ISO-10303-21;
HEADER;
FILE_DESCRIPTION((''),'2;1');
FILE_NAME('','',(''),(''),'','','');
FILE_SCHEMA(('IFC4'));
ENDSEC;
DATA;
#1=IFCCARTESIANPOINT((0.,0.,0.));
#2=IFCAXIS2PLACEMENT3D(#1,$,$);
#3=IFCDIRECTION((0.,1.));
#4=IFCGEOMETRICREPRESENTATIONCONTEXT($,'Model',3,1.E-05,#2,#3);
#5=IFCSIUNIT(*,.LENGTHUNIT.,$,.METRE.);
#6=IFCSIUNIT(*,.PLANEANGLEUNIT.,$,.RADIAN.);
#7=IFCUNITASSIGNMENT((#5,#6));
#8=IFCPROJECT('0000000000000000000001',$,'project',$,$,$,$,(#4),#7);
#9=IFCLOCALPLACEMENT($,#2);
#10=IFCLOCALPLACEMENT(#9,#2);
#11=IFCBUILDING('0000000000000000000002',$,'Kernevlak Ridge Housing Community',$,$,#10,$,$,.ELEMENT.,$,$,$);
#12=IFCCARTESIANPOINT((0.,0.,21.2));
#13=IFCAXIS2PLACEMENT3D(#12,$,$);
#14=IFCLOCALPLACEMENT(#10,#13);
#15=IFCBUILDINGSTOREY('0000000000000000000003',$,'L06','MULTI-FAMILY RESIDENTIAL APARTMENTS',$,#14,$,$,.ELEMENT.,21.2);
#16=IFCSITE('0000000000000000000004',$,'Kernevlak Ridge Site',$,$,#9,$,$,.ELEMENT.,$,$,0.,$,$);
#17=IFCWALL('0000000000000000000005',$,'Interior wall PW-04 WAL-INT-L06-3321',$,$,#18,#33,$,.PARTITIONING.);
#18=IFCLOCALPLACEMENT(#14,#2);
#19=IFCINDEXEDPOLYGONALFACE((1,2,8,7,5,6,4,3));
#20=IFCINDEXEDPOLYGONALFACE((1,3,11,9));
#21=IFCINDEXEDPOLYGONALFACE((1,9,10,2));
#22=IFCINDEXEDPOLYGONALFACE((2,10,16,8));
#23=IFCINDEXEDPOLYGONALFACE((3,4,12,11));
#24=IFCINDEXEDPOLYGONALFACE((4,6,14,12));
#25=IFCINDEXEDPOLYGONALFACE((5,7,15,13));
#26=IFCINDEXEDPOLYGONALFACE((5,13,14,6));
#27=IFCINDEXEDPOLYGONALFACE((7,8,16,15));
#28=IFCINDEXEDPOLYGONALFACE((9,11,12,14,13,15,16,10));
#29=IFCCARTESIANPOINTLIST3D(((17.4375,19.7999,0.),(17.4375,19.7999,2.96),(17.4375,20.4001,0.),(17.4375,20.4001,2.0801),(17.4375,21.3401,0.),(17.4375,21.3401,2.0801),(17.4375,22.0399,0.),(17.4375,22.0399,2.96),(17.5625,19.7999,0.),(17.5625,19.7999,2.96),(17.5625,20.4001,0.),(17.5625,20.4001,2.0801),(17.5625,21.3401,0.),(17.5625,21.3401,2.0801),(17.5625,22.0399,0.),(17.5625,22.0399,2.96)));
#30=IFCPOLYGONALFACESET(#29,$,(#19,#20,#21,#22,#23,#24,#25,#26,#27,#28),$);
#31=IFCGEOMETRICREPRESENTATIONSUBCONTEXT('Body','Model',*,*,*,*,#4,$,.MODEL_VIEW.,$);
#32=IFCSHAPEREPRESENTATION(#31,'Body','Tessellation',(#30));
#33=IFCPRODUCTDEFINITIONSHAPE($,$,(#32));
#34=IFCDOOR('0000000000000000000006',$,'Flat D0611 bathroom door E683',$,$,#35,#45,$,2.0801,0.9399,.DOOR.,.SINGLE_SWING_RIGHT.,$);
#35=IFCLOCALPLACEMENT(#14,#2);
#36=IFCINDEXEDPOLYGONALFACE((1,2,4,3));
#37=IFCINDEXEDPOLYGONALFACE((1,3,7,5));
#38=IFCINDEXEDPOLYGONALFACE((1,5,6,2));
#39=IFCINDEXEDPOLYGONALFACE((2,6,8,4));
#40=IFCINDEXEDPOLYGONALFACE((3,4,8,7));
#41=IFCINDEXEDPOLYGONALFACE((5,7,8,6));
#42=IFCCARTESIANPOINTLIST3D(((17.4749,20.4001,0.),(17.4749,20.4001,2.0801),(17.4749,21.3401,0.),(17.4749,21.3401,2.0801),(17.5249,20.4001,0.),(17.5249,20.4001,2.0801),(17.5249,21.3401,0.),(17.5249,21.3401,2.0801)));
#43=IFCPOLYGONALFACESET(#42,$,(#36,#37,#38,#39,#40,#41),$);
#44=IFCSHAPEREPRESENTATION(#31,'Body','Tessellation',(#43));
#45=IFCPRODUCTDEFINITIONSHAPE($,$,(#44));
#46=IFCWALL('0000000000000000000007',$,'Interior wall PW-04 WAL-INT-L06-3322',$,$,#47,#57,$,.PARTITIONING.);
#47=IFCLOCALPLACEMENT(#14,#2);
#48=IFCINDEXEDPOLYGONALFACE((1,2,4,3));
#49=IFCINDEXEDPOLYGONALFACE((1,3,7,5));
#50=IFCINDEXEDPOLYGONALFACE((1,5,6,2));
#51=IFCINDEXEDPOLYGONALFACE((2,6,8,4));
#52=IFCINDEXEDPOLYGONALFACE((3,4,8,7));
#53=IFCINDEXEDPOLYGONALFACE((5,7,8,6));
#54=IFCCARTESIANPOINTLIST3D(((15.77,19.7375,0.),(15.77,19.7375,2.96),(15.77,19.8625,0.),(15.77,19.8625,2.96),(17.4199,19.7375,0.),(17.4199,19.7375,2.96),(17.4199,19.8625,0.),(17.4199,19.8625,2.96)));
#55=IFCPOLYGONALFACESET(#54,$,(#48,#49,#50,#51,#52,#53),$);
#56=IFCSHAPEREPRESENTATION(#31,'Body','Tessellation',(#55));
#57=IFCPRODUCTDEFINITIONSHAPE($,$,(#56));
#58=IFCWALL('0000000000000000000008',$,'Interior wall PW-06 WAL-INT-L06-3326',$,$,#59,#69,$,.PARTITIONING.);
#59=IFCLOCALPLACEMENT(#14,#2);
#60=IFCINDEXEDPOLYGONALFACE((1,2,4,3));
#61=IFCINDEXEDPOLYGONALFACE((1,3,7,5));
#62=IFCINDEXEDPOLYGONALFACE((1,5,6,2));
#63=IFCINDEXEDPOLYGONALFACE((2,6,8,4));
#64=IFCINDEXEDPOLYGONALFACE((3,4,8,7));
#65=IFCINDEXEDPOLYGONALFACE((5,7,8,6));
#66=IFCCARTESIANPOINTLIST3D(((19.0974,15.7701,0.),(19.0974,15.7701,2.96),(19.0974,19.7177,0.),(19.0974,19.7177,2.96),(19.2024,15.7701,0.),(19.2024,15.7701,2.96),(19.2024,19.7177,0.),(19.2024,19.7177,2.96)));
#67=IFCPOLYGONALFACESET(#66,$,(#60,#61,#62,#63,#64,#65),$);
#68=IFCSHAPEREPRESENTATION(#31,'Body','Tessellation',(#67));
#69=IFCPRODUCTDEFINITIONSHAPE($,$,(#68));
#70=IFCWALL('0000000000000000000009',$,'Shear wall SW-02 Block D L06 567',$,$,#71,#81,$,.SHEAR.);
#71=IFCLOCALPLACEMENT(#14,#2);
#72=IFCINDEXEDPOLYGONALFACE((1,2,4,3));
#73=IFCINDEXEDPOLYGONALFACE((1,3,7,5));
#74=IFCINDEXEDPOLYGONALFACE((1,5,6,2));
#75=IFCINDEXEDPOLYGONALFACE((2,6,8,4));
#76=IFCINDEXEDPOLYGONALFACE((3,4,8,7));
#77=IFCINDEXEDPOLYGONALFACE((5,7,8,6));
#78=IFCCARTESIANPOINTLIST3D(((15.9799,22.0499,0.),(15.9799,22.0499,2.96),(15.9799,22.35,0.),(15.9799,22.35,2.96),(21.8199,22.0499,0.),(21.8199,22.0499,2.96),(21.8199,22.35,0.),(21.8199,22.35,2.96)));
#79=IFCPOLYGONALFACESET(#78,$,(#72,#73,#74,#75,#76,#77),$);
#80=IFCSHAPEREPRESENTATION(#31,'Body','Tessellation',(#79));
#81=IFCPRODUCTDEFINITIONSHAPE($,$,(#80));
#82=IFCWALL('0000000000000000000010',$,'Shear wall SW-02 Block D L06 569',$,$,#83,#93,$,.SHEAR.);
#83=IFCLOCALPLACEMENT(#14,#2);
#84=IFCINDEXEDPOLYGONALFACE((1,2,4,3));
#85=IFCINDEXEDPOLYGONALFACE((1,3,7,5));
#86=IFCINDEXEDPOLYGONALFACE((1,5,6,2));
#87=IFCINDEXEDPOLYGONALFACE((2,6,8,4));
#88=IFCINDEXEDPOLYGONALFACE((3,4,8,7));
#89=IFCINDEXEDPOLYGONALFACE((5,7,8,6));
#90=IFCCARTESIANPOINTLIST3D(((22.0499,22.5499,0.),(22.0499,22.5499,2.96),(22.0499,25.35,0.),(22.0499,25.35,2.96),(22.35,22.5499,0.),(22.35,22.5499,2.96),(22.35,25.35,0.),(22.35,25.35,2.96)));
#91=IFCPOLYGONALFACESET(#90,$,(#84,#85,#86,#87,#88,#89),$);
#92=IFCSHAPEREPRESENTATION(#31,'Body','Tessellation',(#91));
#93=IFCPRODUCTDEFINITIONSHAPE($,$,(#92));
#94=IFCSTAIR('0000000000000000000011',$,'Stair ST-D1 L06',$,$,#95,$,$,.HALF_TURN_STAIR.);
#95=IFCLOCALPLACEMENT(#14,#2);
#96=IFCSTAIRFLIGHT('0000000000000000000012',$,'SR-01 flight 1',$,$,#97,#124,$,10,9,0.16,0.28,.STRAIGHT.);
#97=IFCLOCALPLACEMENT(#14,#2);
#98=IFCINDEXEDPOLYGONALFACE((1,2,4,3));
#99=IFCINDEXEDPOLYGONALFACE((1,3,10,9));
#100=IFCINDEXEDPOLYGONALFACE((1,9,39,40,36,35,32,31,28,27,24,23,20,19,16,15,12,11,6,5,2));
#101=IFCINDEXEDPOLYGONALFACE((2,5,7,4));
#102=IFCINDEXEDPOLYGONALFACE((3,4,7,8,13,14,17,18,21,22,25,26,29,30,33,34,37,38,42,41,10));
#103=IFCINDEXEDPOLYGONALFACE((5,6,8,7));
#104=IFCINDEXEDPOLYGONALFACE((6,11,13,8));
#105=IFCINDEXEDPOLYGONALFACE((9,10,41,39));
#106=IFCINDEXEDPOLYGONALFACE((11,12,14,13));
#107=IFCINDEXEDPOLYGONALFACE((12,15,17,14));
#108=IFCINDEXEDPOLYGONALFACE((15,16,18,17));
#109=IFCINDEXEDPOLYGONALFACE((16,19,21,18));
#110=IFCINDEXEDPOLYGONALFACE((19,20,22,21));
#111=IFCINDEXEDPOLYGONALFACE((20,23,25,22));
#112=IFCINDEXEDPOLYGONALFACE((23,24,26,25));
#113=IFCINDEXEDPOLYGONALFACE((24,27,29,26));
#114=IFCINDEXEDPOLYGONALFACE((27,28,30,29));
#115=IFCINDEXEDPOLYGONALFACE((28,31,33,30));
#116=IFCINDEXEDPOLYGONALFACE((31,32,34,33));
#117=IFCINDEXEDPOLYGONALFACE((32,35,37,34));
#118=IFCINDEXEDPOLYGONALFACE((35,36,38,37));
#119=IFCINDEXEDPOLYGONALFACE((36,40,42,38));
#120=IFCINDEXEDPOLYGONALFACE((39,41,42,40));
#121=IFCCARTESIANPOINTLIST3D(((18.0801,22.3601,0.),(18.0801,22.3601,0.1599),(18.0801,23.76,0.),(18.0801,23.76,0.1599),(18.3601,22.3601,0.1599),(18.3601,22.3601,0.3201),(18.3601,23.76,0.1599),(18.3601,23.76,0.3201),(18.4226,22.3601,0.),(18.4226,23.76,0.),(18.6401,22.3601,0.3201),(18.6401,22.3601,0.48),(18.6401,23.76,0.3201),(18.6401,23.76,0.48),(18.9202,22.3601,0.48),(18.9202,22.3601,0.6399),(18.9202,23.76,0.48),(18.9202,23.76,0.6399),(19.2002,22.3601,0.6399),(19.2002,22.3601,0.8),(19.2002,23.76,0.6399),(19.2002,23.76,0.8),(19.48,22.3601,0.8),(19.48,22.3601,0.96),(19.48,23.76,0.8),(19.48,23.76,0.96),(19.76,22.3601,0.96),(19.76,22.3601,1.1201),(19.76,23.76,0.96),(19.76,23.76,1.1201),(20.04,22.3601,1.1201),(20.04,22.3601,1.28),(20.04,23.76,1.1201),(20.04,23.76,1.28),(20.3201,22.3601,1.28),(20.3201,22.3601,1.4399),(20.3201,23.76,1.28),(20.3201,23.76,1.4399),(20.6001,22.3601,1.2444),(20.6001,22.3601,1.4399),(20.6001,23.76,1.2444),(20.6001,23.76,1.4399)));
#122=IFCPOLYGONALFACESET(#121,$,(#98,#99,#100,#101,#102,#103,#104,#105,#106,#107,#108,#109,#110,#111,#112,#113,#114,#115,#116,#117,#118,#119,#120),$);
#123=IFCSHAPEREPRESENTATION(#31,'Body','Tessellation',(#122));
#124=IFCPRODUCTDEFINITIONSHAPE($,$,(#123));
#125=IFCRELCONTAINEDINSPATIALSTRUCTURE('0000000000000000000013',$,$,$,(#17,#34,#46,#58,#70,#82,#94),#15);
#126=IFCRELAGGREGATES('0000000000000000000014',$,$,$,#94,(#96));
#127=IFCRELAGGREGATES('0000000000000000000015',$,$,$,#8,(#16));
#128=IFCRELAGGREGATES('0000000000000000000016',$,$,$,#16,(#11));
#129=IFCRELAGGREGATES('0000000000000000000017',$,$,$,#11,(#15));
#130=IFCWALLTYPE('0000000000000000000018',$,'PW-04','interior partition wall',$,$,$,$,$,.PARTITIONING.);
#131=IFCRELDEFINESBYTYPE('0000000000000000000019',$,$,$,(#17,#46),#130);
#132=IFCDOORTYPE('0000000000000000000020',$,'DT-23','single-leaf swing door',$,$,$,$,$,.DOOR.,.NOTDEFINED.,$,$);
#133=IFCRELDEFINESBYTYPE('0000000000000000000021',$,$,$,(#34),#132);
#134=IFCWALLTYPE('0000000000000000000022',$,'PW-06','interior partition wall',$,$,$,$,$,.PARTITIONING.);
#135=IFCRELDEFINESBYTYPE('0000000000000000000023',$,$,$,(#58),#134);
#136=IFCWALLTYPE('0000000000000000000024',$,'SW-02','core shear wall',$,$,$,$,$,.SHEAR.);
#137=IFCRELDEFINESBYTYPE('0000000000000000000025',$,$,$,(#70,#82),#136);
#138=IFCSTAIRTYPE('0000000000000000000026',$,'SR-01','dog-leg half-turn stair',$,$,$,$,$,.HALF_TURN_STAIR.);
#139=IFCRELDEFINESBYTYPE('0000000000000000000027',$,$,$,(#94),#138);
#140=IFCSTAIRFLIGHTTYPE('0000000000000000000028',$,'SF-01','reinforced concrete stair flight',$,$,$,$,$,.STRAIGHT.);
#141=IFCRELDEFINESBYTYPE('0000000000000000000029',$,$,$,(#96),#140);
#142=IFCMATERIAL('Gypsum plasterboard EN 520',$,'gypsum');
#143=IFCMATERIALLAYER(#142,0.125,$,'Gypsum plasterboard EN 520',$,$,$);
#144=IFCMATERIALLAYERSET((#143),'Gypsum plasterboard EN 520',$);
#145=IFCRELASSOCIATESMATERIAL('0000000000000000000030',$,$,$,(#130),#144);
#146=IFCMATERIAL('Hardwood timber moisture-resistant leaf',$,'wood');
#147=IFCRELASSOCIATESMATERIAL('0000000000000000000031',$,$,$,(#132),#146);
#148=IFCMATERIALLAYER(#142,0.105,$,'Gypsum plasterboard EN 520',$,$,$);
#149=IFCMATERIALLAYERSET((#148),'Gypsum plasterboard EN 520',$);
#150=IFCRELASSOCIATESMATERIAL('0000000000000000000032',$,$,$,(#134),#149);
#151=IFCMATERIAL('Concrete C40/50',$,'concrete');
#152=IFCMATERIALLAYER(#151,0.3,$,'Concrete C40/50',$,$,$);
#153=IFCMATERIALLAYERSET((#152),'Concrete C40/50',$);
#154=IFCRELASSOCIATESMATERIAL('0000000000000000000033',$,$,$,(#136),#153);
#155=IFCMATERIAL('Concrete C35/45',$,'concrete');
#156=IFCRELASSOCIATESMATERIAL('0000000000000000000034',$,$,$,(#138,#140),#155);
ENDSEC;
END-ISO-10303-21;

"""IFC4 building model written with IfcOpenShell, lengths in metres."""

from ifc_helpers import new_model, si_unit, direction, frame, frame_2d, origin, place, context, subcontext, project, spatial, polyline, rectangle, outline, extrude, material, layer, layer_set, type_object, element, fill, aggregate, save


model = new_model("IFC4")

# Units and contexts
model_context = context("Model", 3, precision=1e-05, world=origin(), true_north=direction((0.0, 1.0)))
body_context = subcontext(model_context, "Body", "Model", "MODEL_VIEW")
ifc_project = project(units=[si_unit("LENGTHUNIT", "METRE"), si_unit("PLANEANGLEUNIT", "RADIAN")], contexts=[model_context])

# Site, building, storey
site_placement = place(None, origin())
site = spatial("IfcSite", under=ifc_project, at=site_placement, Name="Kernevlak Ridge Site", CompositionType="ELEMENT", RefElevation=0.0)
building_placement = place(site_placement, origin())
building = spatial("IfcBuilding", under=site, at=building_placement, Name="Kernevlak Ridge Housing Community", CompositionType="ELEMENT")
storey_placement = place(building_placement, frame((0.0, 0.0, 21.2)))
storey = spatial("IfcBuildingStorey", under=building, at=storey_placement, Name="L06", Description="MULTI-FAMILY RESIDENTIAL APARTMENTS", CompositionType="ELEMENT", Elevation=21.2)

# Shared definitions
ifc_material_1 = material(Name="Concrete C35/45", Category="concrete")

# Wall, opening, door
ifc_material_2 = material(Name="Gypsum plasterboard EN 520", Category="gypsum")
ifc_layer_1 = layer(ifc_material_2, 0.125, Name="Gypsum plasterboard EN 520")
ifc_layer_set_1 = layer_set([ifc_layer_1], Name="Gypsum plasterboard EN 520")
wall_type_1 = type_object("IfcWallType", Name="PW-04", Description="interior partition wall", PredefinedType="PARTITIONING", material=ifc_layer_set_1)
wall_1_placement = place(storey_placement, frame((17.5, 22.04, 0.0), z_axis=(0.0, 0.0, 1.0), x_axis=(0.0, -1.0, 0.0)))
wall_1 = element("IfcWall", 1, at=wall_1_placement, inside=storey, type_object=wall_type_1, Name="Interior wall PW-04 WAL-INT-L06-3321", PredefinedType="PARTITIONING", context=body_context, shape_type="SweptSolid", body=[
    extrude(rectangle(XDim=2.24, YDim=0.125, at=frame_2d((1.1201, 0.0))), origin(), (0.0, 0.0, 1.0), 2.96),
])
opening_1_placement = place(wall_1_placement, frame((0.7, 0.0, 0.0)))
opening_1 = element("IfcOpeningElement", 2, at=opening_1_placement, cuts=wall_1, PredefinedType="OPENING", context=body_context, shape_type="SweptSolid", body=[
    extrude(rectangle(XDim=0.9399, YDim=2.0801, at=frame_2d((0.47, 1.04))), frame((0.0, 0.0725, 0.0), z_axis=(0.0, -1.0, 0.0), x_axis=(1.0, 0.0, 0.0)), (0.0, 0.0, 1.0), 0.145),
])
ifc_material_3 = material(Name="Hardwood timber moisture-resistant leaf", Category="wood")
door_type_1 = type_object("IfcDoorType", Name="DT-23", Description="single-leaf swing door", OperationType="NOTDEFINED", PredefinedType="DOOR", material=ifc_material_3)
door_1_placement = place(opening_1_placement, origin())
door_1 = element("IfcDoor", 3, at=door_1_placement, inside=storey, type_object=door_type_1, Name="Flat D0611 bathroom door E683", OperationType="SINGLE_SWING_RIGHT", OverallHeight=2.0801, OverallWidth=0.9399, PredefinedType="DOOR", context=body_context, shape_type="SweptSolid", body=[
    extrude(rectangle(XDim=0.9399, YDim=2.0801, at=frame_2d((0.47, 1.04))), frame((0.0, 0.0249, 0.0), z_axis=(0.0, -1.0, 0.0), x_axis=(1.0, 0.0, 0.0)), (0.0, 0.0, 1.0), 0.05),
])
fill(opening_1, door_1)

# Walls
wall_2_placement = place(storey_placement, frame((15.77, 19.8, 0.0), z_axis=(0.0, 0.0, 1.0), x_axis=(1.0, 0.0, 0.0)))
element("IfcWall", 4, at=wall_2_placement, inside=storey, type_object=wall_type_1, Name="Interior wall PW-04 WAL-INT-L06-3322", PredefinedType="PARTITIONING", context=body_context, shape_type="SweptSolid", body=[
    extrude(rectangle(XDim=1.6499, YDim=0.125, at=frame_2d((0.825, 0.0))), origin(), (0.0, 0.0, 1.0), 2.96),
])
ifc_layer_2 = layer(ifc_material_2, 0.105, Name="Gypsum plasterboard EN 520")
ifc_layer_set_2 = layer_set([ifc_layer_2], Name="Gypsum plasterboard EN 520")
wall_type_2 = type_object("IfcWallType", Name="PW-06", Description="interior partition wall", PredefinedType="PARTITIONING", material=ifc_layer_set_2)
wall_3_placement = place(storey_placement, frame((19.1499, 19.7175, 0.0), z_axis=(0.0, 0.0, 1.0), x_axis=(0.0, -1.0, 0.0)))
element("IfcWall", 5, at=wall_3_placement, inside=storey, type_object=wall_type_2, Name="Interior wall PW-06 WAL-INT-L06-3326", PredefinedType="PARTITIONING", context=body_context, shape_type="SweptSolid", body=[
    extrude(rectangle(XDim=3.9475, YDim=0.105, at=frame_2d((1.9736, 0.0))), origin(), (0.0, 0.0, 1.0), 2.96),
])
ifc_material_4 = material(Name="Concrete C40/50", Category="concrete")
ifc_layer_3 = layer(ifc_material_4, 0.3, Name="Concrete C40/50")
ifc_layer_set_3 = layer_set([ifc_layer_3], Name="Concrete C40/50")
wall_type_3 = type_object("IfcWallType", Name="SW-02", Description="core shear wall", PredefinedType="SHEAR", material=ifc_layer_set_3)
wall_4_placement = place(storey_placement, frame((15.98, 22.2, 0.0), z_axis=(0.0, 0.0, 1.0), x_axis=(1.0, 0.0, 0.0)))
element("IfcWall", 6, at=wall_4_placement, inside=storey, type_object=wall_type_3, Name="Shear wall SW-02 Block D L06 567", PredefinedType="SHEAR", context=body_context, shape_type="SweptSolid", body=[
    extrude(rectangle(XDim=5.8401, YDim=0.3, at=frame_2d((2.9199, 0.0))), origin(), (0.0, 0.0, 1.0), 2.96),
])
wall_5_placement = place(storey_placement, frame((22.2, 22.55, 0.0), z_axis=(0.0, 0.0, 1.0), x_axis=(0.0, 1.0, 0.0)))
element("IfcWall", 7, at=wall_5_placement, inside=storey, type_object=wall_type_3, Name="Shear wall SW-02 Block D L06 569", PredefinedType="SHEAR", context=body_context, shape_type="SweptSolid", body=[
    extrude(rectangle(XDim=2.8, YDim=0.3, at=frame_2d((1.3999, 0.0))), origin(), (0.0, 0.0, 1.0), 2.96),
])

# Stair, stair flight
stair_type = type_object("IfcStairType", Name="SR-01", Description="dog-leg half-turn stair", PredefinedType="HALF_TURN_STAIR", material=ifc_material_1)
stair_placement = place(storey_placement, origin())
stair = element("IfcStair", 8, at=stair_placement, inside=storey, type_object=stair_type, Name="Stair ST-D1 L06", PredefinedType="HALF_TURN_STAIR")
stair_flight_type = type_object("IfcStairFlightType", Name="SF-01", Description="reinforced concrete stair flight", PredefinedType="STRAIGHT", material=ifc_material_1)
stair_flight_placement = place(storey_placement, frame((18.0801, 23.0601, 0.0), z_axis=(0.0, 0.0, 1.0), x_axis=(1.0, 0.0, 0.0)))
stair_flight = element("IfcStairFlight", 9, at=stair_flight_placement, type_object=stair_flight_type, Name="SR-01 flight 1", NumberOfRisers=10, NumberOfTreads=9, PredefinedType="STRAIGHT", RiserHeight=0.16, TreadLength=0.28, context=body_context, shape_type="SweptSolid", body=[
    extrude(outline(polyline([(0.0, 0.0), (0.0, 0.1599), (0.28, 0.1599), (0.28, 0.3201), (0.5601, 0.3201), (0.5601, 0.48), (0.8401, 0.48), (0.8401, 0.6399), (1.1201, 0.6399), (1.1201, 0.8), (1.3999, 0.8), (1.3999, 0.96), (1.6799, 0.96), (1.6799, 1.1201), (1.96, 1.1201), (1.96, 1.28), (2.24, 1.28), (2.24, 1.4399), (2.52, 1.4399), (2.52, 1.6001), (2.52, 1.2444), (0.3425, 0.0), (0.0, 0.0)])), frame((0.0, 0.7, 0.0), z_axis=(0.0, -1.0, 0.0), x_axis=(1.0, 0.0, 0.0)), (0.0, 0.0, 1.0), 1.3999),
])
aggregate(stair, [stair_flight])

save(model, "model.ifc")
